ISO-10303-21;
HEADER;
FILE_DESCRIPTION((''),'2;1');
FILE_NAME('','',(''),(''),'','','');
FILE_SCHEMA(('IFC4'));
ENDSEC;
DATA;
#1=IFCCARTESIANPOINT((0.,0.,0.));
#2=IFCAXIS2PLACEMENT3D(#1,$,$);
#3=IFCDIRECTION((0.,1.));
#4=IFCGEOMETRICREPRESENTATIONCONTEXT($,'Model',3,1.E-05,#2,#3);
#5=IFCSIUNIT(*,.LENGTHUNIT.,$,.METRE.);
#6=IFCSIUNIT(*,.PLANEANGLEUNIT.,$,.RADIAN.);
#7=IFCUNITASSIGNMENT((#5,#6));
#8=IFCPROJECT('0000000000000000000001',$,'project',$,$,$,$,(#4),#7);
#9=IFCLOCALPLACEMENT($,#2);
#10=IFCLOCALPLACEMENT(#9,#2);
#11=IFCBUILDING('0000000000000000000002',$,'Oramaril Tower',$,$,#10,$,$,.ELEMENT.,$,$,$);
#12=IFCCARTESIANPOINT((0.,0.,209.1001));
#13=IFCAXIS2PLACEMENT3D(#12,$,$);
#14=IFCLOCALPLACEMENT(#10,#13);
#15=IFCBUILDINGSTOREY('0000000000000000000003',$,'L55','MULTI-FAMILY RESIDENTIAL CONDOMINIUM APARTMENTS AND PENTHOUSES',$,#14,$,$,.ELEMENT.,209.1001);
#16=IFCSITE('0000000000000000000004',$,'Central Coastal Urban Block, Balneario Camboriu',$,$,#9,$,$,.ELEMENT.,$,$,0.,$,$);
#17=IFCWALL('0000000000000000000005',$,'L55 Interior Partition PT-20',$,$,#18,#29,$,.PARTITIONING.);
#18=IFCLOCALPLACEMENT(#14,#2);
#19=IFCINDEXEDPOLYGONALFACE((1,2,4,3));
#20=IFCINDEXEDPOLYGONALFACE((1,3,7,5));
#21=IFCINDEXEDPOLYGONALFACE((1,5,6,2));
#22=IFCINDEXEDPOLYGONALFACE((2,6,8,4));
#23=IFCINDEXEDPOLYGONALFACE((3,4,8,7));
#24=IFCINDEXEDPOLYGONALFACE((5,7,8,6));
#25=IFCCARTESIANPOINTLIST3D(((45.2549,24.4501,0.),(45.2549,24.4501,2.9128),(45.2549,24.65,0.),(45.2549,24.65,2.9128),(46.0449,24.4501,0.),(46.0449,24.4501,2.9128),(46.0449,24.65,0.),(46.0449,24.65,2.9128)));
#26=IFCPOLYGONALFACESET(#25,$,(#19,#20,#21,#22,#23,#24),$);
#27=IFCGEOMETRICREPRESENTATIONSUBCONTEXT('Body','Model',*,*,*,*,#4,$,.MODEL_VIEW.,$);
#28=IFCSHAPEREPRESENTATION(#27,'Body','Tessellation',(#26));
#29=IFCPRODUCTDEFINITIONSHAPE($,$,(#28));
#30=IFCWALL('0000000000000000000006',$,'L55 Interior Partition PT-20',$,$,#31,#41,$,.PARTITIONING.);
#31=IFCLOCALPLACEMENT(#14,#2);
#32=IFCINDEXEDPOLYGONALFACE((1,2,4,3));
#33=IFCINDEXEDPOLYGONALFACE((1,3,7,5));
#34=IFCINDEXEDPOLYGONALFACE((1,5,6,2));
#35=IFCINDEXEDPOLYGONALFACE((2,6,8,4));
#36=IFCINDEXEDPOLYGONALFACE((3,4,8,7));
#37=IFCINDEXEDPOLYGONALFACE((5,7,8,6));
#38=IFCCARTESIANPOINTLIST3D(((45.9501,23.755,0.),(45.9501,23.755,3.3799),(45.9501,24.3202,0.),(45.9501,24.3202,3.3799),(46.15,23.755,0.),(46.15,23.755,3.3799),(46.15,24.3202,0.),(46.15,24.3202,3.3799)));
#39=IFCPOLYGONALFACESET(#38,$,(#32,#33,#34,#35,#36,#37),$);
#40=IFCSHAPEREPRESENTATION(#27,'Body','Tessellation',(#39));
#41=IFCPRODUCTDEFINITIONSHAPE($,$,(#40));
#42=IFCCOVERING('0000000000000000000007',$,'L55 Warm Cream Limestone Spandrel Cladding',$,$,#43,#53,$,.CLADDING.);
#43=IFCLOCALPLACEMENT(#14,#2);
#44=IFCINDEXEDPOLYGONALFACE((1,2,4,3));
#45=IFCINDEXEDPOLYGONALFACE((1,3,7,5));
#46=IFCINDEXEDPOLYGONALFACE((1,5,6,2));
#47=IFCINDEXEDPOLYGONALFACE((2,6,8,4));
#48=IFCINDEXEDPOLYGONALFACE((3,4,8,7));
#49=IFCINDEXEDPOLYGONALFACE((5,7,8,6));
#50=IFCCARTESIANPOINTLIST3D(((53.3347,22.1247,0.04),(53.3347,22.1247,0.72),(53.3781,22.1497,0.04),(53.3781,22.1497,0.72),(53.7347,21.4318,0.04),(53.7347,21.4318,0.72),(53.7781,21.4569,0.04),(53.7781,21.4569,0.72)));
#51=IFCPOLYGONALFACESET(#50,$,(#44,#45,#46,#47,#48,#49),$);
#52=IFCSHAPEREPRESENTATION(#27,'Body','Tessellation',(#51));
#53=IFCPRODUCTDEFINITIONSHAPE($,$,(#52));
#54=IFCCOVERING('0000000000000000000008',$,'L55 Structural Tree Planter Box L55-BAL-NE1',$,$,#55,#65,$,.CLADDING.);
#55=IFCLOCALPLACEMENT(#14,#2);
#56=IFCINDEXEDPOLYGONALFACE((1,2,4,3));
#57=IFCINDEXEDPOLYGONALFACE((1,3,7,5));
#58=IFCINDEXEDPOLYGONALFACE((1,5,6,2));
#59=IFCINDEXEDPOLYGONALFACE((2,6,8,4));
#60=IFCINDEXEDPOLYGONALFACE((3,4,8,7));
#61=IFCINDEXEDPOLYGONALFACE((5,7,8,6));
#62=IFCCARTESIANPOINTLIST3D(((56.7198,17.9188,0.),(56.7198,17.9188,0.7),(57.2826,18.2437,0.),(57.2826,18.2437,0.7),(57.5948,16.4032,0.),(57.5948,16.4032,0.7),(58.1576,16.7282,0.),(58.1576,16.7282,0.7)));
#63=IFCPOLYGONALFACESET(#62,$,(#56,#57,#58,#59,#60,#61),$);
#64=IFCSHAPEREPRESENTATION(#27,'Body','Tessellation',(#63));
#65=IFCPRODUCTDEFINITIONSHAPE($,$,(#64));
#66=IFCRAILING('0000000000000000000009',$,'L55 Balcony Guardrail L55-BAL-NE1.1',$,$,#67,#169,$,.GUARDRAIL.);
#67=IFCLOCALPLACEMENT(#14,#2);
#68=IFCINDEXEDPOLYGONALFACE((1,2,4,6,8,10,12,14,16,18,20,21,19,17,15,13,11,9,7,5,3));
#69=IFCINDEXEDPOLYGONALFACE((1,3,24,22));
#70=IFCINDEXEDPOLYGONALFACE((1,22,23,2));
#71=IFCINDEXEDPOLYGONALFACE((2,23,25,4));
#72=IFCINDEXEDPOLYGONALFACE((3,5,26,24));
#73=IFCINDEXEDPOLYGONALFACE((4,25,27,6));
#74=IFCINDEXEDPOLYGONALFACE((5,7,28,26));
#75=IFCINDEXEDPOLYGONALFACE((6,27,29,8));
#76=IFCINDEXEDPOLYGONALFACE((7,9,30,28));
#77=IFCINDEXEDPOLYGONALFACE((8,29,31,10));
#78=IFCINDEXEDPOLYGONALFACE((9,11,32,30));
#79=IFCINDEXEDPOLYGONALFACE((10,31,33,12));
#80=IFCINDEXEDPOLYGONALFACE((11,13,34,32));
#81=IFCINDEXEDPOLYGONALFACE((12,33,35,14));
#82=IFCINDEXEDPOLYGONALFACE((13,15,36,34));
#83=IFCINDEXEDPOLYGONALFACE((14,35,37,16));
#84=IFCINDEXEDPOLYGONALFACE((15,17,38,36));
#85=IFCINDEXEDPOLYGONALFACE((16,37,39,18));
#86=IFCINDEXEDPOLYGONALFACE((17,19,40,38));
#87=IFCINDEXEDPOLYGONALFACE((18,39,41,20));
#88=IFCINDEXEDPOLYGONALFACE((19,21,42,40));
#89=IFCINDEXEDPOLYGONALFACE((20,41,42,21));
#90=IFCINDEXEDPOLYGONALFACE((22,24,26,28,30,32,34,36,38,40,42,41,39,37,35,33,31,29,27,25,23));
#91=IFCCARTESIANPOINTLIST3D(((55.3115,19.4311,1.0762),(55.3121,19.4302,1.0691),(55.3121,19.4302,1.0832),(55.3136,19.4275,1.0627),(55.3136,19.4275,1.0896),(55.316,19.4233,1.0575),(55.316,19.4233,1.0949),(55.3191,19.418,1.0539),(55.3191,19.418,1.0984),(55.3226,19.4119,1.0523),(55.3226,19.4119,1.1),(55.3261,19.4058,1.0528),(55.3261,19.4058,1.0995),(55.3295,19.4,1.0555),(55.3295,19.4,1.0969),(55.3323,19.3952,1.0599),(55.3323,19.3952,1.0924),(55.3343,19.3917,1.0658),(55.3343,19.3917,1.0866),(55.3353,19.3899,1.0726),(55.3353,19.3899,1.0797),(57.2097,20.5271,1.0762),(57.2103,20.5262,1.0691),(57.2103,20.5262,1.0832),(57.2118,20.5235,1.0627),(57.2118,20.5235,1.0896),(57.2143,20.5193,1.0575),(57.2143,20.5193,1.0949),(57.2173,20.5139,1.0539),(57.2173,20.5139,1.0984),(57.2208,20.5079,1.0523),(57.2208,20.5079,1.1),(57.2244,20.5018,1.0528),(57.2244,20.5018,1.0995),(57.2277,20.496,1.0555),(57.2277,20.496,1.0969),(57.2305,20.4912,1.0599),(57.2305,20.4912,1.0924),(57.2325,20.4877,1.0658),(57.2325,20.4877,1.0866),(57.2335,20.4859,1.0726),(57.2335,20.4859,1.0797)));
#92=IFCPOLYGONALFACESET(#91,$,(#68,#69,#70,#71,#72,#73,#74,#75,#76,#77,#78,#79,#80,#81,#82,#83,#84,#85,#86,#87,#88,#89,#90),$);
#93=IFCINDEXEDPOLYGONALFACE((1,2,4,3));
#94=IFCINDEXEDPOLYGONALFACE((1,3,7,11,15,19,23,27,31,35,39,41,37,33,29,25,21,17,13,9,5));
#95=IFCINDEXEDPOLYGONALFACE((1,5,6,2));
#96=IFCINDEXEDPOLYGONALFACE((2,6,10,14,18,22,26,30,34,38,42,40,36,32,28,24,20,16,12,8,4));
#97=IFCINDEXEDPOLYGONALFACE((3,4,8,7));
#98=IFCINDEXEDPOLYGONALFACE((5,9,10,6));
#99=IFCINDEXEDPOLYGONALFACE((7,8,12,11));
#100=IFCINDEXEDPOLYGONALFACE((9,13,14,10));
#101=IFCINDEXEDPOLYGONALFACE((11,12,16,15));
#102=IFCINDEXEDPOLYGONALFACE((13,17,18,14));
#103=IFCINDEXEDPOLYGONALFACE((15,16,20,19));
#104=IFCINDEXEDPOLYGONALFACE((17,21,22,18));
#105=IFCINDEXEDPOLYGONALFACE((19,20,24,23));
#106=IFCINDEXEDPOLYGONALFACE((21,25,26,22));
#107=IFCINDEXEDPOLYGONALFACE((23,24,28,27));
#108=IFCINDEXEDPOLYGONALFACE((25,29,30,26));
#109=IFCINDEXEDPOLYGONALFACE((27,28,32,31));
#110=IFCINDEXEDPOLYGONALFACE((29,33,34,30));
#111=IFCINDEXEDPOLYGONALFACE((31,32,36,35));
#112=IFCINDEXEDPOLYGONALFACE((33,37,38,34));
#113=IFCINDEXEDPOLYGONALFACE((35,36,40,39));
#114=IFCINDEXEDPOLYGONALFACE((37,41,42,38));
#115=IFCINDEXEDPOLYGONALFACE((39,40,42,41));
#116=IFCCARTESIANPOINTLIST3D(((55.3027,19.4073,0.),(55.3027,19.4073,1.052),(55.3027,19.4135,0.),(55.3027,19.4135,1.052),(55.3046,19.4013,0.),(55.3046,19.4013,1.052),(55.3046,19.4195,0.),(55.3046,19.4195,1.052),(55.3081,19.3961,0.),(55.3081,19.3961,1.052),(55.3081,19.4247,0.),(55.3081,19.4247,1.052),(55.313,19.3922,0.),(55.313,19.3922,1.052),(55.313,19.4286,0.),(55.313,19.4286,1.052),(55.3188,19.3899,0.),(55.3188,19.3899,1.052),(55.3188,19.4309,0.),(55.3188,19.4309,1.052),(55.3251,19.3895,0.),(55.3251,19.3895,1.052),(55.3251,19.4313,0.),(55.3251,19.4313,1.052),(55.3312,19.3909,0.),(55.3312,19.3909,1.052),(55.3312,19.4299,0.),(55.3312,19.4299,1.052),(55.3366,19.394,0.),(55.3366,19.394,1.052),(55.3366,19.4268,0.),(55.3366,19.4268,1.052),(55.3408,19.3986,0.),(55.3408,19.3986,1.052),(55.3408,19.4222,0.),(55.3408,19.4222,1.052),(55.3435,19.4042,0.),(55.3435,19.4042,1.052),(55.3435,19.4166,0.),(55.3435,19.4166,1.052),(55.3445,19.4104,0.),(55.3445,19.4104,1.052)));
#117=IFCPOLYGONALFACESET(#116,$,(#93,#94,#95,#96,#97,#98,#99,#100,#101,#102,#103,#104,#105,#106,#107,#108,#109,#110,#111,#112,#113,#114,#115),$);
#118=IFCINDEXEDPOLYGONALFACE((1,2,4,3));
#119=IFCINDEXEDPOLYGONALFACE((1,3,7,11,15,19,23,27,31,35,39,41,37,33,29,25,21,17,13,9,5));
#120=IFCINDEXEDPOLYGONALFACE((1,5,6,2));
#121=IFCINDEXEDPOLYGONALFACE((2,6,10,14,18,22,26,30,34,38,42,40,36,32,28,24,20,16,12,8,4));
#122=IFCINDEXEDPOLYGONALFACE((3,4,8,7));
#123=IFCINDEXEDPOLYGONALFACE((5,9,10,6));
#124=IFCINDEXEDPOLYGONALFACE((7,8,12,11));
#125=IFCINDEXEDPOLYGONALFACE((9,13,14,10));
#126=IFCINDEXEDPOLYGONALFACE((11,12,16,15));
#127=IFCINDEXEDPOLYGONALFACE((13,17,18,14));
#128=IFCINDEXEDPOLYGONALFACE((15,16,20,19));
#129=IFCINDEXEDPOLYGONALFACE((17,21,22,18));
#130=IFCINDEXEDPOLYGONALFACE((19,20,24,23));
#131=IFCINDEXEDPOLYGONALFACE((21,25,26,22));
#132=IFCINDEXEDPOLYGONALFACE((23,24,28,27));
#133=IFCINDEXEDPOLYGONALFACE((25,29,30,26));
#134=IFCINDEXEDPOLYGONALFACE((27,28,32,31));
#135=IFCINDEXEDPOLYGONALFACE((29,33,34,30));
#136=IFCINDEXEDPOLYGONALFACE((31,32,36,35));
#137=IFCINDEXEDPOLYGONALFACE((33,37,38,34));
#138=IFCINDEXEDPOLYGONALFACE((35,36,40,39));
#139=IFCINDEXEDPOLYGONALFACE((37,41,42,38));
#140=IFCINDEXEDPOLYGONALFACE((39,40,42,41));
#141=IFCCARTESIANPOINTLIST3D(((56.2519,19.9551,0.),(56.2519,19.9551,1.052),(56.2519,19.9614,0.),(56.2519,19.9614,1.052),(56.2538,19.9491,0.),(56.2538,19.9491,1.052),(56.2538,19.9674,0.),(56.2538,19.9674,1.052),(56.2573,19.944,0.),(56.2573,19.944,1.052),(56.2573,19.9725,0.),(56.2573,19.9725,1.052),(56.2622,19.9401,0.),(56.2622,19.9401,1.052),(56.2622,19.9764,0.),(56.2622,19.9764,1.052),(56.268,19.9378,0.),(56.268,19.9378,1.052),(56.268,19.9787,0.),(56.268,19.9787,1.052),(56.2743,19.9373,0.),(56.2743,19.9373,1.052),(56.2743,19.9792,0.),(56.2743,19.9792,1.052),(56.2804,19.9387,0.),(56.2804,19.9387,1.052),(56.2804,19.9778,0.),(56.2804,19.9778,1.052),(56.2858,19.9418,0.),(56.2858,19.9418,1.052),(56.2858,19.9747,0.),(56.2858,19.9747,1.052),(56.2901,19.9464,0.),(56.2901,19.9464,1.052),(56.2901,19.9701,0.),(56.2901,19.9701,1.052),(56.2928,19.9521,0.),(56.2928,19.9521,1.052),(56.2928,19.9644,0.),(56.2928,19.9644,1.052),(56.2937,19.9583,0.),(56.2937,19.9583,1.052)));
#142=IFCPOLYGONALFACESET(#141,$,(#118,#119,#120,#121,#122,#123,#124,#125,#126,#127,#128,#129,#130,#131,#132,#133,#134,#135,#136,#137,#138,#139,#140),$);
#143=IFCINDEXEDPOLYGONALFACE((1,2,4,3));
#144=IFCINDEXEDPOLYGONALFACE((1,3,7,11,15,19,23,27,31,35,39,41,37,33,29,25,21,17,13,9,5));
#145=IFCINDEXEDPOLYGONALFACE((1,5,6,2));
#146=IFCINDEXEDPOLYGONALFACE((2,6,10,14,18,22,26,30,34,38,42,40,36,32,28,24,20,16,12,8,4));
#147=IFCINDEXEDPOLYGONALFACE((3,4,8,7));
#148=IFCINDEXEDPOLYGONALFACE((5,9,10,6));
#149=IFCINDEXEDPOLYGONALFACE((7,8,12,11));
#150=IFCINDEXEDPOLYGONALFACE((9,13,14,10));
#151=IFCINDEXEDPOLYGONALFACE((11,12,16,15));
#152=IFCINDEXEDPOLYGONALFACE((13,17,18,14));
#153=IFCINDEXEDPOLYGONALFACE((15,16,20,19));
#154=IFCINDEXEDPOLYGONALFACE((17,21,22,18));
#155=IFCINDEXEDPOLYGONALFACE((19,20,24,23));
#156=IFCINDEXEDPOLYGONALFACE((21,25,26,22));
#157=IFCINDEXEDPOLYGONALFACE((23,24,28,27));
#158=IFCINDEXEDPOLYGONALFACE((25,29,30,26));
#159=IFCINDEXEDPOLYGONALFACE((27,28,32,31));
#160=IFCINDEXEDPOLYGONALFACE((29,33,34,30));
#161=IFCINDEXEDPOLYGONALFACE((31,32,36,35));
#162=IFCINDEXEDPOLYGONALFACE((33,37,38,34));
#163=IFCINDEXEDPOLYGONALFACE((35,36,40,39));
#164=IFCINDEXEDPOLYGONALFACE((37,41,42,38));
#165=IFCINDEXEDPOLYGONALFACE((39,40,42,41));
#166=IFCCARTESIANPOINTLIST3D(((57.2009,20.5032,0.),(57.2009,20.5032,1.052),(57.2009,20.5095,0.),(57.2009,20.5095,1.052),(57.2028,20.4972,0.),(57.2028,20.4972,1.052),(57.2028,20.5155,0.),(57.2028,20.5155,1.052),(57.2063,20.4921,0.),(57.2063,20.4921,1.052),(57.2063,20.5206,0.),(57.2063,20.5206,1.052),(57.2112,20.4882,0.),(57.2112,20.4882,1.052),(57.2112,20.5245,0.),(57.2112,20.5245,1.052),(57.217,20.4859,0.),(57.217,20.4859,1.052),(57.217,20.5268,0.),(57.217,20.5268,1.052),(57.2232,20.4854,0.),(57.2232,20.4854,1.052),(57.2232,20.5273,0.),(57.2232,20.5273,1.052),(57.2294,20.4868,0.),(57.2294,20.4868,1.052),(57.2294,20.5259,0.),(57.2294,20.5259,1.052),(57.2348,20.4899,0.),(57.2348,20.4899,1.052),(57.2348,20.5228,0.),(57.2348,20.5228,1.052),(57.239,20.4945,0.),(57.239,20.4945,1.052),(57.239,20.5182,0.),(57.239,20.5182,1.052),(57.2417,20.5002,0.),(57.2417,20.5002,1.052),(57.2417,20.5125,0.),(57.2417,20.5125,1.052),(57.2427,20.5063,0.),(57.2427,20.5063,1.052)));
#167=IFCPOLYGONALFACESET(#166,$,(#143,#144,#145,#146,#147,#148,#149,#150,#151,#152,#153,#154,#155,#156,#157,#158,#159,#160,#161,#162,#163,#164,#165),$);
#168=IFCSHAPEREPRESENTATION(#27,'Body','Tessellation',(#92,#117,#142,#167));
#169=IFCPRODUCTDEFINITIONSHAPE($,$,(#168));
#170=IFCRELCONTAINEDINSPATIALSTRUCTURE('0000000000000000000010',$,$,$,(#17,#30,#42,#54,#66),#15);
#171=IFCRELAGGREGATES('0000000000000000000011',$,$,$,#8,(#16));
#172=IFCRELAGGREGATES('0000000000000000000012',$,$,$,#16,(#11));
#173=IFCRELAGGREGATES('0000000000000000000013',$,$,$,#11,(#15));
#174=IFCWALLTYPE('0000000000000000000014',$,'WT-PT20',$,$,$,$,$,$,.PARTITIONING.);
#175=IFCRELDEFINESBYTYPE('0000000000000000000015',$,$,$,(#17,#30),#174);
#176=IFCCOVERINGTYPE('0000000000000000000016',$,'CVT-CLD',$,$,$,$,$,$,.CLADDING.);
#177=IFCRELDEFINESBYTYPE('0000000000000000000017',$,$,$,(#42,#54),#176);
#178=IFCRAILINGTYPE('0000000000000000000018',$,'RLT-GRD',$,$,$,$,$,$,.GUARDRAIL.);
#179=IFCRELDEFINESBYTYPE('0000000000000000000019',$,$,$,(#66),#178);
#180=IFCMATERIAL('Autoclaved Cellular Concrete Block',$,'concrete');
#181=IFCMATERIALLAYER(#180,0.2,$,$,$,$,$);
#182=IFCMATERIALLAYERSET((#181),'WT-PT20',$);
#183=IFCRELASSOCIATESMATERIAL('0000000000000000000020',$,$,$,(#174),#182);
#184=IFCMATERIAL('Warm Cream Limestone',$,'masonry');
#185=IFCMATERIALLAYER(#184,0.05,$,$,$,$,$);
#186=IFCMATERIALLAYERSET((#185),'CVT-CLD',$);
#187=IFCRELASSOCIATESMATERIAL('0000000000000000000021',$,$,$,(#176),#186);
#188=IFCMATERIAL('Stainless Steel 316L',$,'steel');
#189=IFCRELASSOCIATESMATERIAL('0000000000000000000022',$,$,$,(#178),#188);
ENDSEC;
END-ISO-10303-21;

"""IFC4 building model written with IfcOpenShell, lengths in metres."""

from ifc_helpers import new_model, si_unit, direction, frame, frame_2d, origin, origin_2d, place, context, subcontext, project, spatial, rectangle, circle, extrude, material, layer, layer_set, type_object, element, save


model = new_model("IFC4")

# Units and contexts
model_context = context("Model", 3, precision=1e-05, world=origin(), true_north=direction((0.0, 1.0)))
body_context = subcontext(model_context, "Body", "Model", "MODEL_VIEW")
ifc_project = project(units=[si_unit("LENGTHUNIT", "METRE"), si_unit("PLANEANGLEUNIT", "RADIAN")], contexts=[model_context])

# Site, building, storey
site_placement = place(None, origin())
site = spatial("IfcSite", under=ifc_project, at=site_placement, Name="Central Coastal Urban Block, Balneario Camboriu", CompositionType="ELEMENT", RefElevation=0.0)
building_placement = place(site_placement, origin())
building = spatial("IfcBuilding", under=site, at=building_placement, Name="Oramaril Tower", CompositionType="ELEMENT")
storey_placement = place(building_placement, frame((0.0, 0.0, 209.1001)))
storey = spatial("IfcBuildingStorey", under=building, at=storey_placement, Name="L55", Description="MULTI-FAMILY RESIDENTIAL CONDOMINIUM APARTMENTS AND PENTHOUSES", CompositionType="ELEMENT", Elevation=209.1001)

# Walls
ifc_material_1 = material(Name="Autoclaved Cellular Concrete Block", Category="concrete")
ifc_layer_1 = layer(ifc_material_1, 0.2)
ifc_layer_set_1 = layer_set([ifc_layer_1], Name="WT-PT20")
wall_type_1 = type_object("IfcWallType", Name="WT-PT20", PredefinedType="PARTITIONING", material=ifc_layer_set_1)
wall_1_placement = place(storey_placement, frame((45.2549, 24.55, 0.0), z_axis=(0.0, 0.0, 1.0), x_axis=(1.0, 0.0, 0.0)))
element("IfcWall", 1, at=wall_1_placement, inside=storey, type_object=wall_type_1, Name="L55 Interior Partition PT-20", PredefinedType="PARTITIONING", context=body_context, shape_type="SweptSolid", body=[
    extrude(rectangle(XDim=0.79, YDim=0.2, at=frame_2d((0.395, 0.0))), origin(), (0.0, 0.0, 1.0), 2.9128),
])
wall_2_placement = place(storey_placement, frame((46.05, 23.7549, 0.0), z_axis=(0.0, 0.0, 1.0), x_axis=(0.0, 1.0, 0.0)))
element("IfcWall", 2, at=wall_2_placement, inside=storey, type_object=wall_type_1, Name="L55 Interior Partition PT-20", PredefinedType="PARTITIONING", context=body_context, shape_type="SweptSolid", body=[
    extrude(rectangle(XDim=0.5652, YDim=0.2, at=frame_2d((0.2827, 0.0))), origin(), (0.0, 0.0, 1.0), 3.3799),
])

# Coverings
ifc_material_2 = material(Name="Warm Cream Limestone", Category="masonry")
ifc_layer_2 = layer(ifc_material_2, 0.05)
ifc_layer_set_2 = layer_set([ifc_layer_2], Name="CVT-CLD")
covering_type = type_object("IfcCoveringType", Name="CVT-CLD", PredefinedType="CLADDING", material=ifc_layer_set_2)
covering_1_placement = place(storey_placement, frame((53.5564, 21.7908, 0.04), z_axis=(0.0, 0.0, 1.0), x_axis=(-0.500002, 0.866025, 0.0)))
element("IfcCovering", 3, at=covering_1_placement, inside=storey, type_object=covering_type, Name="L55 Warm Cream Limestone Spandrel Cladding", PredefinedType="CLADDING", context=body_context, shape_type="SweptSolid", body=[
    extrude(rectangle(XDim=0.8, YDim=0.05, at=origin_2d()), origin(), (0.0, 0.0, 1.0), 0.6799),
])
covering_2_placement = place(storey_placement, frame((57.4387, 17.3235, 0.0), z_axis=(0.0, 0.0, 1.0), x_axis=(-0.500002, 0.866025, 0.0)))
element("IfcCovering", 4, at=covering_2_placement, inside=storey, type_object=covering_type, Name="L55 Structural Tree Planter Box L55-BAL-NE1", PredefinedType="CLADDING", context=body_context, shape_type="SweptSolid", body=[
    extrude(rectangle(XDim=1.75, YDim=0.6499, at=origin_2d()), origin(), (0.0, 0.0, 1.0), 0.7),
])

# Railing
ifc_material_3 = material(Name="Stainless Steel 316L", Category="steel")
railing_type = type_object("IfcRailingType", Name="RLT-GRD", PredefinedType="GUARDRAIL", material=ifc_material_3)
railing_1_placement = place(storey_placement, frame((55.3235, 19.4104, 0.0)))
element("IfcRailing", 5, at=railing_1_placement, inside=storey, type_object=railing_type, Name="L55 Balcony Guardrail L55-BAL-NE1.1", PredefinedType="GUARDRAIL", context=body_context, shape_type="SweptSolid", body=[
    extrude(circle(Radius=0.0239, at=origin_2d()), frame((0.0, 0.0, 1.0762), z_axis=(0.866021, 0.500008, 0.0), x_axis=(-0.500008, 0.866021, 0.0)), (0.0, 0.0, 1.0), 2.1919),
    extrude(circle(Radius=0.021, at=origin_2d()), origin(), (0.0, 0.0, 1.0), 1.052),
    extrude(circle(Radius=0.021, at=origin_2d()), frame((0.9492, 0.5479, 0.0)), (0.0, 0.0, 1.0), 1.052),
    extrude(circle(Radius=0.021, at=origin_2d()), frame((1.8982, 1.0959, 0.0)), (0.0, 0.0, 1.0), 1.052),
])

save(model, "model.ifc")
